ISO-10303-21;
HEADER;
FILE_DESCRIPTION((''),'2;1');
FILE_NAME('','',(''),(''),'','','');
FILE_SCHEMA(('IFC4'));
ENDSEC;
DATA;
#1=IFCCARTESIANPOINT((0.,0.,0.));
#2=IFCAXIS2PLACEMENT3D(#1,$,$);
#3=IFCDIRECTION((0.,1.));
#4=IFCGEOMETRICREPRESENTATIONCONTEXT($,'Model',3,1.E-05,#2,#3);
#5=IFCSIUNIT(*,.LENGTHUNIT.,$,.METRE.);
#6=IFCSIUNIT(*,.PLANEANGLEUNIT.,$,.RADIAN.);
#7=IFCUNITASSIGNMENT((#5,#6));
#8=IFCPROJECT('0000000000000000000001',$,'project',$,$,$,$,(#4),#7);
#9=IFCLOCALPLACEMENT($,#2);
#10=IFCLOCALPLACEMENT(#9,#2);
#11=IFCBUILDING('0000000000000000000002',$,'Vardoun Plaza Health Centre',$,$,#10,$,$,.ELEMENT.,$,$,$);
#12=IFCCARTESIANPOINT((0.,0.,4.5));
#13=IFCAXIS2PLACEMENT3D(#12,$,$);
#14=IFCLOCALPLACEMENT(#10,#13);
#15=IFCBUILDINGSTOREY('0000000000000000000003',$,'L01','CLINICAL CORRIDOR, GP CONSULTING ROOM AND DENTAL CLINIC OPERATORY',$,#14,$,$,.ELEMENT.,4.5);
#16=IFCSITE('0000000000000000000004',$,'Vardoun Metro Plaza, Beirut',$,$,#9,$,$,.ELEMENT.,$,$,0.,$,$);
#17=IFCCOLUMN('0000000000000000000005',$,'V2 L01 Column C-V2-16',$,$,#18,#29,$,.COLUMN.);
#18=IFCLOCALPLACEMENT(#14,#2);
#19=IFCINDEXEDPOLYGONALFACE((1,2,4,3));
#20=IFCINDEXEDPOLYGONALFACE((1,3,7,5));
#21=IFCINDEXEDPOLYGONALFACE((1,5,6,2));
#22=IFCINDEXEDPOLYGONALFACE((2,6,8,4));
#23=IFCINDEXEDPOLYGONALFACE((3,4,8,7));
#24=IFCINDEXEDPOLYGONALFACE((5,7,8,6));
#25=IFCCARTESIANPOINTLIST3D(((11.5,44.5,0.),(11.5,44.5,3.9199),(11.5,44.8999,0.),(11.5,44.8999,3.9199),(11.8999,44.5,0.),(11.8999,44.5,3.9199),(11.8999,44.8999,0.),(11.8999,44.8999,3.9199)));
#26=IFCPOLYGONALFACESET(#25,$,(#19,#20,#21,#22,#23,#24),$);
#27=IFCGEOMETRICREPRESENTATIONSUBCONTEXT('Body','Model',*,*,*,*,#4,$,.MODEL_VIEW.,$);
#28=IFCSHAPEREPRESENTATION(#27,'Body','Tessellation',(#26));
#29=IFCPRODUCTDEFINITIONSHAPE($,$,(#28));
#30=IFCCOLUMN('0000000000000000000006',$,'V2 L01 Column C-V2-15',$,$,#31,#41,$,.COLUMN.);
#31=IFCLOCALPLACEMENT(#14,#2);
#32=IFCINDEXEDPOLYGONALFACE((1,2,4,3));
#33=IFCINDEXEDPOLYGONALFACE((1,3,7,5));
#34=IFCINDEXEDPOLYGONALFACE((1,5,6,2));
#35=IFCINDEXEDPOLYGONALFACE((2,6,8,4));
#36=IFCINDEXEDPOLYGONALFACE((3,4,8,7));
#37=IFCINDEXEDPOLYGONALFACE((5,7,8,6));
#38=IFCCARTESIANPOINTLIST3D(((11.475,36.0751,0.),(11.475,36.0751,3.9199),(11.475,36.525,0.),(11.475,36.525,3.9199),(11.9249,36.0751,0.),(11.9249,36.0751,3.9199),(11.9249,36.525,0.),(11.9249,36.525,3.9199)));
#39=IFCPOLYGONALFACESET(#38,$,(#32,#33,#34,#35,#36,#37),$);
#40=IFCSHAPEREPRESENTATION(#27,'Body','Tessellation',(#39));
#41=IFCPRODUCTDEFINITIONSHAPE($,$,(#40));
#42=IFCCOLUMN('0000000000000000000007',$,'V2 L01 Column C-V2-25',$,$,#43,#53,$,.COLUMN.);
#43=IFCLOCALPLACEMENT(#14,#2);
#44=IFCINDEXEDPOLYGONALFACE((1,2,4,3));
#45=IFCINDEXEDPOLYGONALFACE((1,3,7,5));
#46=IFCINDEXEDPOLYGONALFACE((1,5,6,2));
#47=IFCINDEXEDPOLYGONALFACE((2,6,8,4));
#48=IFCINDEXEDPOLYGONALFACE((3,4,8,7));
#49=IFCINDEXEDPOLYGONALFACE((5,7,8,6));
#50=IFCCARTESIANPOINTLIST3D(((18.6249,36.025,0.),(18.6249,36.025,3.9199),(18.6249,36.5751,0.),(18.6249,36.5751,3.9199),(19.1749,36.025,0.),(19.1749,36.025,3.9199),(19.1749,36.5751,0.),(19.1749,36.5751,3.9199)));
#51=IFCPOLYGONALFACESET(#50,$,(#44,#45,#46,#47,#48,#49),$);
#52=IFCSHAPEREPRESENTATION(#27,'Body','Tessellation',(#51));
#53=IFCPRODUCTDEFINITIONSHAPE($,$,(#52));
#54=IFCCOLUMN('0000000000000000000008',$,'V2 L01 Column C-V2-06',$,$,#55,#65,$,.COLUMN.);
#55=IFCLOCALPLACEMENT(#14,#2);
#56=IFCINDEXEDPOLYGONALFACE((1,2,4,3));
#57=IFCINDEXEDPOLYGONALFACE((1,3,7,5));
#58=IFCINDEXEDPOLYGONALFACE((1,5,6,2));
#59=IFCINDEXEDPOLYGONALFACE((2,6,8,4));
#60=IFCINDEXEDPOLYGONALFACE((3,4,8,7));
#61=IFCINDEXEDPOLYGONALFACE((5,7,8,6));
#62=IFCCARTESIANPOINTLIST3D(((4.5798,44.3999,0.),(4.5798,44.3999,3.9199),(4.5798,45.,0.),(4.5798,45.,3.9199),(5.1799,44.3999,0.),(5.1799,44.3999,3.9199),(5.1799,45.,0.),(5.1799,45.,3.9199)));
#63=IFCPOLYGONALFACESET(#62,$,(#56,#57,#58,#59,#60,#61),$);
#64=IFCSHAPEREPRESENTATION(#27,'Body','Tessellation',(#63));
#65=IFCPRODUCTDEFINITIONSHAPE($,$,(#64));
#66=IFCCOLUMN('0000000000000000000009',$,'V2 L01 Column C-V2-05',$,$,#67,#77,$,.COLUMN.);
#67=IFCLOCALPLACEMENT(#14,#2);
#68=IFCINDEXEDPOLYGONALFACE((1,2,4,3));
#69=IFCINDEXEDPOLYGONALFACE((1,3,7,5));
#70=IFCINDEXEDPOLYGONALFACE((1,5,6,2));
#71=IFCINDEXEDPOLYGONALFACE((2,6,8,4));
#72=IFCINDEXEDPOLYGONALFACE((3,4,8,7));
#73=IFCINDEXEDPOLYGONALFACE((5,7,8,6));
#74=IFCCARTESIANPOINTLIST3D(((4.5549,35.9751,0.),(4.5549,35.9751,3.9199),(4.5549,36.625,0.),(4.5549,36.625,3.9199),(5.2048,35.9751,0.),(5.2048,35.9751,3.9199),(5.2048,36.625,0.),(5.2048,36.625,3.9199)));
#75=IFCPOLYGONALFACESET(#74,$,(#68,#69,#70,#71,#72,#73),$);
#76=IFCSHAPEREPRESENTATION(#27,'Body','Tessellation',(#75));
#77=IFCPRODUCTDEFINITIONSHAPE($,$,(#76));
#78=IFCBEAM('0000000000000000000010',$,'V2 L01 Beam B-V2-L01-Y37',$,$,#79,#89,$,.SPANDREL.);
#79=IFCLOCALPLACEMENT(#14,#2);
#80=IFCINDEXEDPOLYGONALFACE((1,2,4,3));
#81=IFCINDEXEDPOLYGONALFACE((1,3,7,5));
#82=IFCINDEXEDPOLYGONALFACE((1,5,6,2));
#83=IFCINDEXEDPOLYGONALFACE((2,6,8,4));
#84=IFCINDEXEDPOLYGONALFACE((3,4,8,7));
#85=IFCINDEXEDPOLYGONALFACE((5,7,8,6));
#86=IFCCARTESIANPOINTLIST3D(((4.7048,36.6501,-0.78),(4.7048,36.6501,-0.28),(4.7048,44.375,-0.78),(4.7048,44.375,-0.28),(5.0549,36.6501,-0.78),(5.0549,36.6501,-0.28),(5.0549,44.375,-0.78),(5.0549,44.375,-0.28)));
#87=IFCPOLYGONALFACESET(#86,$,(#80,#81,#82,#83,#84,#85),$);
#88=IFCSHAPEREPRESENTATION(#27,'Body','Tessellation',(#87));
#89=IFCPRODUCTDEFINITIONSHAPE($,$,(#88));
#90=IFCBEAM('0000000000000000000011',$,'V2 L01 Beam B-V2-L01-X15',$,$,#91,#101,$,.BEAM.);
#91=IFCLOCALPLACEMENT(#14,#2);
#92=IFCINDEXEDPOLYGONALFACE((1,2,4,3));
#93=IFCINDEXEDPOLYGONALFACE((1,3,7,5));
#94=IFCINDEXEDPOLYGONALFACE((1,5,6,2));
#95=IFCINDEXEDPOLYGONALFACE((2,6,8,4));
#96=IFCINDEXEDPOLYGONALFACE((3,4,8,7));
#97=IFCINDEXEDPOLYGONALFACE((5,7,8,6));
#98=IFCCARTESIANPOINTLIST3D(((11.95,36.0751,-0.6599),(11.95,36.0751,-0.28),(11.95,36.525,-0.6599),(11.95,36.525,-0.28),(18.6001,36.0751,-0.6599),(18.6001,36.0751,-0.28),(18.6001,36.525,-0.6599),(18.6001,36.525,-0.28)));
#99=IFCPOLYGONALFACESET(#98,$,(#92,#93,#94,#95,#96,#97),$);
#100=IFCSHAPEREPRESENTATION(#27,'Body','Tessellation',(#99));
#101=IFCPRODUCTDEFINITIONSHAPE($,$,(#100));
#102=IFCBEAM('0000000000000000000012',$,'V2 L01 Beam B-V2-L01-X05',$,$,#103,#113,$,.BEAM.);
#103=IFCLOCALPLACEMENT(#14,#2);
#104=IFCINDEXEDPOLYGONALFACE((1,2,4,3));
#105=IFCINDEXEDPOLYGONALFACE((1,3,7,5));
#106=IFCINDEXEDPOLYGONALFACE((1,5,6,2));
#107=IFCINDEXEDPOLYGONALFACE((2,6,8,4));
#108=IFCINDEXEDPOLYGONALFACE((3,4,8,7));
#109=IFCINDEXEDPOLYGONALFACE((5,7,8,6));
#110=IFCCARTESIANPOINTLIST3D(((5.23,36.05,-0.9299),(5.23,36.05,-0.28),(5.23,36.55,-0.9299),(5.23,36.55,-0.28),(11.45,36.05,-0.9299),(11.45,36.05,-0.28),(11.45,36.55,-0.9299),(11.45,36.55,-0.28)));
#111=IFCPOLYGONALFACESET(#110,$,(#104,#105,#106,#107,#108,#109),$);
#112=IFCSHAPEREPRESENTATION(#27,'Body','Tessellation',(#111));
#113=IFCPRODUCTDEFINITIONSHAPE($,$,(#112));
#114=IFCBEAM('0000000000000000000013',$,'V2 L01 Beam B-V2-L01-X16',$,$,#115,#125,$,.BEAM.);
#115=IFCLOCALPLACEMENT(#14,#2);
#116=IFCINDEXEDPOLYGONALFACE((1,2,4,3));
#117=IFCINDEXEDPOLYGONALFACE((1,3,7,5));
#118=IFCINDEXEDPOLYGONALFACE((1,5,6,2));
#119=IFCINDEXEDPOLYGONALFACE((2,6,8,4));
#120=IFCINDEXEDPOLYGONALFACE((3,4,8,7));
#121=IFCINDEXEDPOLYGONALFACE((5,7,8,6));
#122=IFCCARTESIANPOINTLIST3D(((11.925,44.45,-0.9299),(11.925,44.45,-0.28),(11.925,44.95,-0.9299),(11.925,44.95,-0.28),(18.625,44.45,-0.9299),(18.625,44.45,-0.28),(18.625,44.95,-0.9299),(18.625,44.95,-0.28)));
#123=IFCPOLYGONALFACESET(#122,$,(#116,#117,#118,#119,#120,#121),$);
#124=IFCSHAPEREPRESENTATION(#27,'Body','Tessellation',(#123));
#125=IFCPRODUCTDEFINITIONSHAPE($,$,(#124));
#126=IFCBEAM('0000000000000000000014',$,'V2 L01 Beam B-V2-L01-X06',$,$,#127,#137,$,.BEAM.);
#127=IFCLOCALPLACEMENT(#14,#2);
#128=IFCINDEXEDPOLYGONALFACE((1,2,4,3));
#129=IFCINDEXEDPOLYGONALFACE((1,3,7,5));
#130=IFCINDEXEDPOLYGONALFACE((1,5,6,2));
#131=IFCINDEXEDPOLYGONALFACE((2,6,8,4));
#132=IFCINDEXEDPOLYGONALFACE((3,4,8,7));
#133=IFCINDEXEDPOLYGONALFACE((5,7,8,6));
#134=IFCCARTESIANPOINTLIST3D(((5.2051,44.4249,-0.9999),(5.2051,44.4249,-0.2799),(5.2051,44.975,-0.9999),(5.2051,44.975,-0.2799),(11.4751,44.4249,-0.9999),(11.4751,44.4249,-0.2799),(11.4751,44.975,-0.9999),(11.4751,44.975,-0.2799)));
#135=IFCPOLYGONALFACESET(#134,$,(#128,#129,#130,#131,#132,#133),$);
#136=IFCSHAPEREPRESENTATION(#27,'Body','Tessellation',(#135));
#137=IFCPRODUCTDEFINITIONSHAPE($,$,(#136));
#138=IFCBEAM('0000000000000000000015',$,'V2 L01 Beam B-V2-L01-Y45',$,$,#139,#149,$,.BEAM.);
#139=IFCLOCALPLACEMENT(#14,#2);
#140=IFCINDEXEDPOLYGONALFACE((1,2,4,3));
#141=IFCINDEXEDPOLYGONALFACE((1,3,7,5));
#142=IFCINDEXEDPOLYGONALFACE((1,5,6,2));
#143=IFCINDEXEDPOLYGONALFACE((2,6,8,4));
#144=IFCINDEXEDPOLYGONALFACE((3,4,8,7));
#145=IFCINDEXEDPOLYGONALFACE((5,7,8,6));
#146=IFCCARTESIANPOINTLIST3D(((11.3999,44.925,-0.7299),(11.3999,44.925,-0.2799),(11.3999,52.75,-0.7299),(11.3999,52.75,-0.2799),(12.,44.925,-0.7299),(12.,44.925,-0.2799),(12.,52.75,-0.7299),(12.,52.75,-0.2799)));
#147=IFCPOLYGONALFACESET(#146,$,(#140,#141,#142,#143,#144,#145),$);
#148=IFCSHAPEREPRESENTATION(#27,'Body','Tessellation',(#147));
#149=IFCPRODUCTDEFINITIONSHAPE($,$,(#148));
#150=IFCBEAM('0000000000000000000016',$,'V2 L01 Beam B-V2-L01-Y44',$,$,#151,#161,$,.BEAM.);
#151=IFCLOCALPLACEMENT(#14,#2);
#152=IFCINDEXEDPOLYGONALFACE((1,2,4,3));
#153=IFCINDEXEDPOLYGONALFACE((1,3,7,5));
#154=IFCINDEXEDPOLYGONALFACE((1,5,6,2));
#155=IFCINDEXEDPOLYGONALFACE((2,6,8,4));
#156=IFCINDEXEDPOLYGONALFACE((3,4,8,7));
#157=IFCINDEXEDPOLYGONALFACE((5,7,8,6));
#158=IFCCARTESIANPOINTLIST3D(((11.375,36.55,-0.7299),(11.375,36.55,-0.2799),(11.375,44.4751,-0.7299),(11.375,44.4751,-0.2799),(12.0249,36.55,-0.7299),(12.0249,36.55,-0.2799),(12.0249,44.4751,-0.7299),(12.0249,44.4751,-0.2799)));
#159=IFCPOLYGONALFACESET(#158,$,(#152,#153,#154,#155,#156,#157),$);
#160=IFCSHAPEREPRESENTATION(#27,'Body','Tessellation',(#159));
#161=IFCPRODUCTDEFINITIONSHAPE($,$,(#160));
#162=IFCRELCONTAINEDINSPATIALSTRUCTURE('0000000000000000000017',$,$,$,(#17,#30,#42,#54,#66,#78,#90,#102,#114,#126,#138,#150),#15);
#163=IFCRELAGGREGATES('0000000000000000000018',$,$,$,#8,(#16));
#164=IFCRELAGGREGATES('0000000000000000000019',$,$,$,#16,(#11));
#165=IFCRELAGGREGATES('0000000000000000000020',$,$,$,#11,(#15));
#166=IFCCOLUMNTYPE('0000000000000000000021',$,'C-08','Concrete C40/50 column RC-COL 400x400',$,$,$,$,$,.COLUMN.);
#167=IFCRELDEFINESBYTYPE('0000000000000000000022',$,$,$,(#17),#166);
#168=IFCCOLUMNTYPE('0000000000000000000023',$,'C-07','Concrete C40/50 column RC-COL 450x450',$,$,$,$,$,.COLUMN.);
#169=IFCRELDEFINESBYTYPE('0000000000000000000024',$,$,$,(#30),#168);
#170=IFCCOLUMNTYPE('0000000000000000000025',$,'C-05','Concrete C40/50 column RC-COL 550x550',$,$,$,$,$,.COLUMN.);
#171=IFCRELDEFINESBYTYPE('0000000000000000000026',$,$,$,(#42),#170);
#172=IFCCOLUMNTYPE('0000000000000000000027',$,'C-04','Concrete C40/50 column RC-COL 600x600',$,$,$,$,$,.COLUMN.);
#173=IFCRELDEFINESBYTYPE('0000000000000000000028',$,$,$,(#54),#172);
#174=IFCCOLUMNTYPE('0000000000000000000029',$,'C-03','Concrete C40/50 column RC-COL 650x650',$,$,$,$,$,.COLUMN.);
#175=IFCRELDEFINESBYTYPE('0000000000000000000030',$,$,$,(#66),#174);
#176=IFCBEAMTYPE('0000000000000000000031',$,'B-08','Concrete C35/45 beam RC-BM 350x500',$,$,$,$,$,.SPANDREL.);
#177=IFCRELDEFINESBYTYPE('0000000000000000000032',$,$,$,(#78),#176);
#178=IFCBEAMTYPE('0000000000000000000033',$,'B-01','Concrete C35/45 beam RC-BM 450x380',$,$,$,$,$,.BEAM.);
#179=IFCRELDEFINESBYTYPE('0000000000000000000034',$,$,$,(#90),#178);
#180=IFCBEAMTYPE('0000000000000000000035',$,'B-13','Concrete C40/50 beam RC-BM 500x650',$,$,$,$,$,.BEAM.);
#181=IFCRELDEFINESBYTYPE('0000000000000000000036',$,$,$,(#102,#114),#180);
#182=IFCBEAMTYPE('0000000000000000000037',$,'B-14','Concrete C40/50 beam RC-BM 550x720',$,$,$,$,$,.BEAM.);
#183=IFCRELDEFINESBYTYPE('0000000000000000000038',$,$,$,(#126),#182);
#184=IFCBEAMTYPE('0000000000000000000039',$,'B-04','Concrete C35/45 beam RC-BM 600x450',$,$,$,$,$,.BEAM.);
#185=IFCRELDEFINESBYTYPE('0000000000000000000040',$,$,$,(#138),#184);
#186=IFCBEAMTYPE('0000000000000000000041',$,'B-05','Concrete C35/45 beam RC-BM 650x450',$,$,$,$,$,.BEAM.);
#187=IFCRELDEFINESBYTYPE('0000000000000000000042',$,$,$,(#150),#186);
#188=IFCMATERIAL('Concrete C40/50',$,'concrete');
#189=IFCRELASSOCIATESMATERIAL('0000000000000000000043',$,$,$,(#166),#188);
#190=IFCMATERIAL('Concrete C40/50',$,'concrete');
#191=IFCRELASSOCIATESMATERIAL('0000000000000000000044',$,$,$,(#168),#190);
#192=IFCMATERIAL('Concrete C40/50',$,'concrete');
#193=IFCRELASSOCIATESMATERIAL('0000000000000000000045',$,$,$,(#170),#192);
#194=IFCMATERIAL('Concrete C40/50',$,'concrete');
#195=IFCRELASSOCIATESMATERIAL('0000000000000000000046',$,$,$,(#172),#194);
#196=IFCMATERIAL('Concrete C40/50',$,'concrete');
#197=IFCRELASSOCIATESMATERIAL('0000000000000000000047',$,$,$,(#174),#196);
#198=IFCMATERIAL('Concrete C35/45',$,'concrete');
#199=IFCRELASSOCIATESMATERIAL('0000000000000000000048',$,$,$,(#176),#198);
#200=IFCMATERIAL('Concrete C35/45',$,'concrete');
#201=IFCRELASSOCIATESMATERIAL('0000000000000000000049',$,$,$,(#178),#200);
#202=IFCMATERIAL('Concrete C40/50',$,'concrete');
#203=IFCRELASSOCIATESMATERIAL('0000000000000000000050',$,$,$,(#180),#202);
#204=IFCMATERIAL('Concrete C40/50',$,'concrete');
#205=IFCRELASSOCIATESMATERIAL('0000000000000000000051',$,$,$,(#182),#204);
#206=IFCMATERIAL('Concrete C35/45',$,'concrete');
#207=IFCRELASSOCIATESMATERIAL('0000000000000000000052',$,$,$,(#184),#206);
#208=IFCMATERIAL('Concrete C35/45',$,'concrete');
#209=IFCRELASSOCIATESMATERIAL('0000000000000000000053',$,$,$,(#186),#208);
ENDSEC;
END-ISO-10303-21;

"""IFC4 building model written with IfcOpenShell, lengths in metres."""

from ifc_helpers import new_model, si_unit, direction, frame, origin, origin_2d, place, context, subcontext, project, spatial, rectangle, extrude, material, material_profile, profile_set, type_object, element, save


model = new_model("IFC4")

# Units and contexts
model_context = context("Model", 3, precision=1e-05, world=origin(), true_north=direction((0.0, 1.0)))
body_context = subcontext(model_context, "Body", "Model", "MODEL_VIEW")
ifc_project = project(units=[si_unit("LENGTHUNIT", "METRE"), si_unit("PLANEANGLEUNIT", "RADIAN")], contexts=[model_context])

# Site, building, storey
site_placement = place(None, origin())
site = spatial("IfcSite", under=ifc_project, at=site_placement, Name="Vardoun Metro Plaza, Beirut", CompositionType="ELEMENT", RefElevation=0.0)
building_placement = place(site_placement, origin())
building = spatial("IfcBuilding", under=site, at=building_placement, Name="Vardoun Plaza Health Centre", CompositionType="ELEMENT")
storey_placement = place(building_placement, frame((0.0, 0.0, 4.5)))
storey = spatial("IfcBuildingStorey", under=building, at=storey_placement, Name="L01", Description="CLINICAL CORRIDOR, GP CONSULTING ROOM AND DENTAL CLINIC OPERATORY", CompositionType="ELEMENT", Elevation=4.5)

# Columns
ifc_material_1 = material(Name="Concrete C40/50", Category="concrete")
ifc_material_profile_1 = material_profile(ifc_material_1, rectangle(XDim=0.3999, YDim=0.3999, at=origin_2d()), Name="RC-COL 400x400")
ifc_profile_set_1 = profile_set([ifc_material_profile_1], Name="Concrete C40/50")
column_type_1 = type_object("IfcColumnType", Name="C-08", Description="Concrete C40/50 column RC-COL 400x400", PredefinedType="COLUMN", material=ifc_profile_set_1)
column_1_placement = place(storey_placement, frame((11.7, 44.7, 0.0), z_axis=(0.0, 0.0, 1.0), x_axis=(1.0, 0.0, 0.0)))
element("IfcColumn", 1, at=column_1_placement, inside=storey, type_object=column_type_1, Name="V2 L01 Column C-V2-16", PredefinedType="COLUMN", context=body_context, shape_type="SweptSolid", body=[
    extrude(rectangle(XDim=0.3999, YDim=0.3999, at=origin_2d()), origin(), (0.0, 0.0, 1.0), 3.9199),
])
ifc_material_2 = material(Name="Concrete C40/50", Category="concrete")
ifc_material_profile_2 = material_profile(ifc_material_2, rectangle(XDim=0.45, YDim=0.45, at=origin_2d()), Name="RC-COL 450x450")
ifc_profile_set_2 = profile_set([ifc_material_profile_2], Name="Concrete C40/50")
column_type_2 = type_object("IfcColumnType", Name="C-07", Description="Concrete C40/50 column RC-COL 450x450", PredefinedType="COLUMN", material=ifc_profile_set_2)
column_2_placement = place(storey_placement, frame((11.7, 36.3, 0.0), z_axis=(0.0, 0.0, 1.0), x_axis=(1.0, 0.0, 0.0)))
element("IfcColumn", 2, at=column_2_placement, inside=storey, type_object=column_type_2, Name="V2 L01 Column C-V2-15", PredefinedType="COLUMN", context=body_context, shape_type="SweptSolid", body=[
    extrude(rectangle(XDim=0.45, YDim=0.45, at=origin_2d()), origin(), (0.0, 0.0, 1.0), 3.9199),
])
ifc_material_3 = material(Name="Concrete C40/50", Category="concrete")
ifc_material_profile_3 = material_profile(ifc_material_3, rectangle(XDim=0.55, YDim=0.55, at=origin_2d()), Name="RC-COL 550x550")
ifc_profile_set_3 = profile_set([ifc_material_profile_3], Name="Concrete C40/50")
column_type_3 = type_object("IfcColumnType", Name="C-05", Description="Concrete C40/50 column RC-COL 550x550", PredefinedType="COLUMN", material=ifc_profile_set_3)
column_3_placement = place(storey_placement, frame((18.8999, 36.3, 0.0), z_axis=(0.0, 0.0, 1.0), x_axis=(1.0, 0.0, 0.0)))
element("IfcColumn", 3, at=column_3_placement, inside=storey, type_object=column_type_3, Name="V2 L01 Column C-V2-25", PredefinedType="COLUMN", context=body_context, shape_type="SweptSolid", body=[
    extrude(rectangle(XDim=0.55, YDim=0.55, at=origin_2d()), origin(), (0.0, 0.0, 1.0), 3.9199),
])
ifc_material_4 = material(Name="Concrete C40/50", Category="concrete")
ifc_material_profile_4 = material_profile(ifc_material_4, rectangle(XDim=0.6001, YDim=0.6001, at=origin_2d()), Name="RC-COL 600x600")
ifc_profile_set_4 = profile_set([ifc_material_profile_4], Name="Concrete C40/50")
column_type_4 = type_object("IfcColumnType", Name="C-04", Description="Concrete C40/50 column RC-COL 600x600", PredefinedType="COLUMN", material=ifc_profile_set_4)
column_4_placement = place(storey_placement, frame((4.8799, 44.7, 0.0), z_axis=(0.0, 0.0, 1.0), x_axis=(1.0, 0.0, 0.0)))
element("IfcColumn", 4, at=column_4_placement, inside=storey, type_object=column_type_4, Name="V2 L01 Column C-V2-06", PredefinedType="COLUMN", context=body_context, shape_type="SweptSolid", body=[
    extrude(rectangle(XDim=0.6001, YDim=0.6001, at=origin_2d()), origin(), (0.0, 0.0, 1.0), 3.9199),
])
ifc_material_5 = material(Name="Concrete C40/50", Category="concrete")
ifc_material_profile_5 = material_profile(ifc_material_5, rectangle(XDim=0.6499, YDim=0.6499, at=origin_2d()), Name="RC-COL 650x650")
ifc_profile_set_5 = profile_set([ifc_material_profile_5], Name="Concrete C40/50")
column_type_5 = type_object("IfcColumnType", Name="C-03", Description="Concrete C40/50 column RC-COL 650x650", PredefinedType="COLUMN", material=ifc_profile_set_5)
column_5_placement = place(storey_placement, frame((4.8799, 36.3, 0.0), z_axis=(0.0, 0.0, 1.0), x_axis=(1.0, 0.0, 0.0)))
element("IfcColumn", 5, at=column_5_placement, inside=storey, type_object=column_type_5, Name="V2 L01 Column C-V2-05", PredefinedType="COLUMN", context=body_context, shape_type="SweptSolid", body=[
    extrude(rectangle(XDim=0.6499, YDim=0.6499, at=origin_2d()), origin(), (0.0, 0.0, 1.0), 3.9199),
])

# Beams
ifc_material_6 = material(Name="Concrete C35/45", Category="concrete")
ifc_material_profile_6 = material_profile(ifc_material_6, rectangle(XDim=0.3501, YDim=0.5, at=origin_2d()), Name="RC-BM 350x500")
ifc_profile_set_6 = profile_set([ifc_material_profile_6], Name="Concrete C35/45")
beam_type_1 = type_object("IfcBeamType", Name="B-08", Description="Concrete C35/45 beam RC-BM 350x500", PredefinedType="SPANDREL", material=ifc_profile_set_6)
beam_1_placement = place(storey_placement, frame((4.8799, 36.6501, -0.53), z_axis=(0.0, 1.0, 0.0), x_axis=(-1.0, 0.0, 0.0)))
element("IfcBeam", 6, at=beam_1_placement, inside=storey, type_object=beam_type_1, Name="V2 L01 Beam B-V2-L01-Y37", PredefinedType="SPANDREL", context=body_context, shape_type="SweptSolid", body=[
    extrude(rectangle(XDim=0.3501, YDim=0.5, at=origin_2d()), origin(), (0.0, 0.0, 1.0), 7.7249),
])
ifc_material_7 = material(Name="Concrete C35/45", Category="concrete")
ifc_material_profile_7 = material_profile(ifc_material_7, rectangle(XDim=0.45, YDim=0.3799, at=origin_2d()), Name="RC-BM 450x380")
ifc_profile_set_7 = profile_set([ifc_material_profile_7], Name="Concrete C35/45")
beam_type_2 = type_object("IfcBeamType", Name="B-01", Description="Concrete C35/45 beam RC-BM 450x380", PredefinedType="BEAM", material=ifc_profile_set_7)
beam_2_placement = place(storey_placement, frame((11.95, 36.3, -0.47), z_axis=(1.0, 0.0, 0.0), x_axis=(0.0, 1.0, 0.0)))
element("IfcBeam", 7, at=beam_2_placement, inside=storey, type_object=beam_type_2, Name="V2 L01 Beam B-V2-L01-X15", PredefinedType="BEAM", context=body_context, shape_type="SweptSolid", body=[
    extrude(rectangle(XDim=0.45, YDim=0.3799, at=origin_2d()), origin(), (0.0, 0.0, 1.0), 6.6501),
])
ifc_material_8 = material(Name="Concrete C40/50", Category="concrete")
ifc_material_profile_8 = material_profile(ifc_material_8, rectangle(XDim=0.5, YDim=0.6499, at=origin_2d()), Name="RC-BM 500x650")
ifc_profile_set_8 = profile_set([ifc_material_profile_8], Name="Concrete C40/50")
beam_type_3 = type_object("IfcBeamType", Name="B-13", Description="Concrete C40/50 beam RC-BM 500x650", PredefinedType="BEAM", material=ifc_profile_set_8)
beam_3_placement = place(storey_placement, frame((5.23, 36.3, -0.605), z_axis=(1.0, 0.0, 0.0), x_axis=(0.0, 1.0, 0.0)))
element("IfcBeam", 8, at=beam_3_placement, inside=storey, type_object=beam_type_3, Name="V2 L01 Beam B-V2-L01-X05", PredefinedType="BEAM", context=body_context, shape_type="SweptSolid", body=[
    extrude(rectangle(XDim=0.5, YDim=0.6499, at=origin_2d()), origin(), (0.0, 0.0, 1.0), 6.22),
])
beam_4_placement = place(storey_placement, frame((11.925, 44.7, -0.605), z_axis=(1.0, 0.0, 0.0), x_axis=(0.0, 1.0, 0.0)))
element("IfcBeam", 9, at=beam_4_placement, inside=storey, type_object=beam_type_3, Name="V2 L01 Beam B-V2-L01-X16", PredefinedType="BEAM", context=body_context, shape_type="SweptSolid", body=[
    extrude(rectangle(XDim=0.5, YDim=0.6499, at=origin_2d()), origin(), (0.0, 0.0, 1.0), 6.7),
])
ifc_material_9 = material(Name="Concrete C40/50", Category="concrete")
ifc_material_profile_9 = material_profile(ifc_material_9, rectangle(XDim=0.55, YDim=0.72, at=origin_2d()), Name="RC-BM 550x720")
ifc_profile_set_9 = profile_set([ifc_material_profile_9], Name="Concrete C40/50")
beam_type_4 = type_object("IfcBeamType", Name="B-14", Description="Concrete C40/50 beam RC-BM 550x720", PredefinedType="BEAM", material=ifc_profile_set_9)
beam_5_placement = place(storey_placement, frame((5.2051, 44.7, -0.6399), z_axis=(1.0, 0.0, 0.0), x_axis=(0.0, 1.0, 0.0)))
element("IfcBeam", 10, at=beam_5_placement, inside=storey, type_object=beam_type_4, Name="V2 L01 Beam B-V2-L01-X06", PredefinedType="BEAM", context=body_context, shape_type="SweptSolid", body=[
    extrude(rectangle(XDim=0.55, YDim=0.72, at=origin_2d()), origin(), (0.0, 0.0, 1.0), 6.27),
])
ifc_material_10 = material(Name="Concrete C35/45", Category="concrete")
ifc_material_profile_10 = material_profile(ifc_material_10, rectangle(XDim=0.6001, YDim=0.45, at=origin_2d()), Name="RC-BM 600x450")
ifc_profile_set_10 = profile_set([ifc_material_profile_10], Name="Concrete C35/45")
beam_type_5 = type_object("IfcBeamType", Name="B-04", Description="Concrete C35/45 beam RC-BM 600x450", PredefinedType="BEAM", material=ifc_profile_set_10)
beam_6_placement = place(storey_placement, frame((11.7, 44.925, -0.5049), z_axis=(0.0, 1.0, 0.0), x_axis=(-1.0, 0.0, 0.0)))
element("IfcBeam", 11, at=beam_6_placement, inside=storey, type_object=beam_type_5, Name="V2 L01 Beam B-V2-L01-Y45", PredefinedType="BEAM", context=body_context, shape_type="SweptSolid", body=[
    extrude(rectangle(XDim=0.6001, YDim=0.45, at=origin_2d()), origin(), (0.0, 0.0, 1.0), 7.825),
])
ifc_material_11 = material(Name="Concrete C35/45", Category="concrete")
ifc_material_profile_11 = material_profile(ifc_material_11, rectangle(XDim=0.6499, YDim=0.45, at=origin_2d()), Name="RC-BM 650x450")
ifc_profile_set_11 = profile_set([ifc_material_profile_11], Name="Concrete C35/45")
beam_type_6 = type_object("IfcBeamType", Name="B-05", Description="Concrete C35/45 beam RC-BM 650x450", PredefinedType="BEAM", material=ifc_profile_set_11)
beam_7_placement = place(storey_placement, frame((11.7, 36.55, -0.5049), z_axis=(0.0, 1.0, 0.0), x_axis=(-1.0, 0.0, 0.0)))
element("IfcBeam", 12, at=beam_7_placement, inside=storey, type_object=beam_type_6, Name="V2 L01 Beam B-V2-L01-Y44", PredefinedType="BEAM", context=body_context, shape_type="SweptSolid", body=[
    extrude(rectangle(XDim=0.6499, YDim=0.45, at=origin_2d()), origin(), (0.0, 0.0, 1.0), 7.925),
])

save(model, "model.ifc")
